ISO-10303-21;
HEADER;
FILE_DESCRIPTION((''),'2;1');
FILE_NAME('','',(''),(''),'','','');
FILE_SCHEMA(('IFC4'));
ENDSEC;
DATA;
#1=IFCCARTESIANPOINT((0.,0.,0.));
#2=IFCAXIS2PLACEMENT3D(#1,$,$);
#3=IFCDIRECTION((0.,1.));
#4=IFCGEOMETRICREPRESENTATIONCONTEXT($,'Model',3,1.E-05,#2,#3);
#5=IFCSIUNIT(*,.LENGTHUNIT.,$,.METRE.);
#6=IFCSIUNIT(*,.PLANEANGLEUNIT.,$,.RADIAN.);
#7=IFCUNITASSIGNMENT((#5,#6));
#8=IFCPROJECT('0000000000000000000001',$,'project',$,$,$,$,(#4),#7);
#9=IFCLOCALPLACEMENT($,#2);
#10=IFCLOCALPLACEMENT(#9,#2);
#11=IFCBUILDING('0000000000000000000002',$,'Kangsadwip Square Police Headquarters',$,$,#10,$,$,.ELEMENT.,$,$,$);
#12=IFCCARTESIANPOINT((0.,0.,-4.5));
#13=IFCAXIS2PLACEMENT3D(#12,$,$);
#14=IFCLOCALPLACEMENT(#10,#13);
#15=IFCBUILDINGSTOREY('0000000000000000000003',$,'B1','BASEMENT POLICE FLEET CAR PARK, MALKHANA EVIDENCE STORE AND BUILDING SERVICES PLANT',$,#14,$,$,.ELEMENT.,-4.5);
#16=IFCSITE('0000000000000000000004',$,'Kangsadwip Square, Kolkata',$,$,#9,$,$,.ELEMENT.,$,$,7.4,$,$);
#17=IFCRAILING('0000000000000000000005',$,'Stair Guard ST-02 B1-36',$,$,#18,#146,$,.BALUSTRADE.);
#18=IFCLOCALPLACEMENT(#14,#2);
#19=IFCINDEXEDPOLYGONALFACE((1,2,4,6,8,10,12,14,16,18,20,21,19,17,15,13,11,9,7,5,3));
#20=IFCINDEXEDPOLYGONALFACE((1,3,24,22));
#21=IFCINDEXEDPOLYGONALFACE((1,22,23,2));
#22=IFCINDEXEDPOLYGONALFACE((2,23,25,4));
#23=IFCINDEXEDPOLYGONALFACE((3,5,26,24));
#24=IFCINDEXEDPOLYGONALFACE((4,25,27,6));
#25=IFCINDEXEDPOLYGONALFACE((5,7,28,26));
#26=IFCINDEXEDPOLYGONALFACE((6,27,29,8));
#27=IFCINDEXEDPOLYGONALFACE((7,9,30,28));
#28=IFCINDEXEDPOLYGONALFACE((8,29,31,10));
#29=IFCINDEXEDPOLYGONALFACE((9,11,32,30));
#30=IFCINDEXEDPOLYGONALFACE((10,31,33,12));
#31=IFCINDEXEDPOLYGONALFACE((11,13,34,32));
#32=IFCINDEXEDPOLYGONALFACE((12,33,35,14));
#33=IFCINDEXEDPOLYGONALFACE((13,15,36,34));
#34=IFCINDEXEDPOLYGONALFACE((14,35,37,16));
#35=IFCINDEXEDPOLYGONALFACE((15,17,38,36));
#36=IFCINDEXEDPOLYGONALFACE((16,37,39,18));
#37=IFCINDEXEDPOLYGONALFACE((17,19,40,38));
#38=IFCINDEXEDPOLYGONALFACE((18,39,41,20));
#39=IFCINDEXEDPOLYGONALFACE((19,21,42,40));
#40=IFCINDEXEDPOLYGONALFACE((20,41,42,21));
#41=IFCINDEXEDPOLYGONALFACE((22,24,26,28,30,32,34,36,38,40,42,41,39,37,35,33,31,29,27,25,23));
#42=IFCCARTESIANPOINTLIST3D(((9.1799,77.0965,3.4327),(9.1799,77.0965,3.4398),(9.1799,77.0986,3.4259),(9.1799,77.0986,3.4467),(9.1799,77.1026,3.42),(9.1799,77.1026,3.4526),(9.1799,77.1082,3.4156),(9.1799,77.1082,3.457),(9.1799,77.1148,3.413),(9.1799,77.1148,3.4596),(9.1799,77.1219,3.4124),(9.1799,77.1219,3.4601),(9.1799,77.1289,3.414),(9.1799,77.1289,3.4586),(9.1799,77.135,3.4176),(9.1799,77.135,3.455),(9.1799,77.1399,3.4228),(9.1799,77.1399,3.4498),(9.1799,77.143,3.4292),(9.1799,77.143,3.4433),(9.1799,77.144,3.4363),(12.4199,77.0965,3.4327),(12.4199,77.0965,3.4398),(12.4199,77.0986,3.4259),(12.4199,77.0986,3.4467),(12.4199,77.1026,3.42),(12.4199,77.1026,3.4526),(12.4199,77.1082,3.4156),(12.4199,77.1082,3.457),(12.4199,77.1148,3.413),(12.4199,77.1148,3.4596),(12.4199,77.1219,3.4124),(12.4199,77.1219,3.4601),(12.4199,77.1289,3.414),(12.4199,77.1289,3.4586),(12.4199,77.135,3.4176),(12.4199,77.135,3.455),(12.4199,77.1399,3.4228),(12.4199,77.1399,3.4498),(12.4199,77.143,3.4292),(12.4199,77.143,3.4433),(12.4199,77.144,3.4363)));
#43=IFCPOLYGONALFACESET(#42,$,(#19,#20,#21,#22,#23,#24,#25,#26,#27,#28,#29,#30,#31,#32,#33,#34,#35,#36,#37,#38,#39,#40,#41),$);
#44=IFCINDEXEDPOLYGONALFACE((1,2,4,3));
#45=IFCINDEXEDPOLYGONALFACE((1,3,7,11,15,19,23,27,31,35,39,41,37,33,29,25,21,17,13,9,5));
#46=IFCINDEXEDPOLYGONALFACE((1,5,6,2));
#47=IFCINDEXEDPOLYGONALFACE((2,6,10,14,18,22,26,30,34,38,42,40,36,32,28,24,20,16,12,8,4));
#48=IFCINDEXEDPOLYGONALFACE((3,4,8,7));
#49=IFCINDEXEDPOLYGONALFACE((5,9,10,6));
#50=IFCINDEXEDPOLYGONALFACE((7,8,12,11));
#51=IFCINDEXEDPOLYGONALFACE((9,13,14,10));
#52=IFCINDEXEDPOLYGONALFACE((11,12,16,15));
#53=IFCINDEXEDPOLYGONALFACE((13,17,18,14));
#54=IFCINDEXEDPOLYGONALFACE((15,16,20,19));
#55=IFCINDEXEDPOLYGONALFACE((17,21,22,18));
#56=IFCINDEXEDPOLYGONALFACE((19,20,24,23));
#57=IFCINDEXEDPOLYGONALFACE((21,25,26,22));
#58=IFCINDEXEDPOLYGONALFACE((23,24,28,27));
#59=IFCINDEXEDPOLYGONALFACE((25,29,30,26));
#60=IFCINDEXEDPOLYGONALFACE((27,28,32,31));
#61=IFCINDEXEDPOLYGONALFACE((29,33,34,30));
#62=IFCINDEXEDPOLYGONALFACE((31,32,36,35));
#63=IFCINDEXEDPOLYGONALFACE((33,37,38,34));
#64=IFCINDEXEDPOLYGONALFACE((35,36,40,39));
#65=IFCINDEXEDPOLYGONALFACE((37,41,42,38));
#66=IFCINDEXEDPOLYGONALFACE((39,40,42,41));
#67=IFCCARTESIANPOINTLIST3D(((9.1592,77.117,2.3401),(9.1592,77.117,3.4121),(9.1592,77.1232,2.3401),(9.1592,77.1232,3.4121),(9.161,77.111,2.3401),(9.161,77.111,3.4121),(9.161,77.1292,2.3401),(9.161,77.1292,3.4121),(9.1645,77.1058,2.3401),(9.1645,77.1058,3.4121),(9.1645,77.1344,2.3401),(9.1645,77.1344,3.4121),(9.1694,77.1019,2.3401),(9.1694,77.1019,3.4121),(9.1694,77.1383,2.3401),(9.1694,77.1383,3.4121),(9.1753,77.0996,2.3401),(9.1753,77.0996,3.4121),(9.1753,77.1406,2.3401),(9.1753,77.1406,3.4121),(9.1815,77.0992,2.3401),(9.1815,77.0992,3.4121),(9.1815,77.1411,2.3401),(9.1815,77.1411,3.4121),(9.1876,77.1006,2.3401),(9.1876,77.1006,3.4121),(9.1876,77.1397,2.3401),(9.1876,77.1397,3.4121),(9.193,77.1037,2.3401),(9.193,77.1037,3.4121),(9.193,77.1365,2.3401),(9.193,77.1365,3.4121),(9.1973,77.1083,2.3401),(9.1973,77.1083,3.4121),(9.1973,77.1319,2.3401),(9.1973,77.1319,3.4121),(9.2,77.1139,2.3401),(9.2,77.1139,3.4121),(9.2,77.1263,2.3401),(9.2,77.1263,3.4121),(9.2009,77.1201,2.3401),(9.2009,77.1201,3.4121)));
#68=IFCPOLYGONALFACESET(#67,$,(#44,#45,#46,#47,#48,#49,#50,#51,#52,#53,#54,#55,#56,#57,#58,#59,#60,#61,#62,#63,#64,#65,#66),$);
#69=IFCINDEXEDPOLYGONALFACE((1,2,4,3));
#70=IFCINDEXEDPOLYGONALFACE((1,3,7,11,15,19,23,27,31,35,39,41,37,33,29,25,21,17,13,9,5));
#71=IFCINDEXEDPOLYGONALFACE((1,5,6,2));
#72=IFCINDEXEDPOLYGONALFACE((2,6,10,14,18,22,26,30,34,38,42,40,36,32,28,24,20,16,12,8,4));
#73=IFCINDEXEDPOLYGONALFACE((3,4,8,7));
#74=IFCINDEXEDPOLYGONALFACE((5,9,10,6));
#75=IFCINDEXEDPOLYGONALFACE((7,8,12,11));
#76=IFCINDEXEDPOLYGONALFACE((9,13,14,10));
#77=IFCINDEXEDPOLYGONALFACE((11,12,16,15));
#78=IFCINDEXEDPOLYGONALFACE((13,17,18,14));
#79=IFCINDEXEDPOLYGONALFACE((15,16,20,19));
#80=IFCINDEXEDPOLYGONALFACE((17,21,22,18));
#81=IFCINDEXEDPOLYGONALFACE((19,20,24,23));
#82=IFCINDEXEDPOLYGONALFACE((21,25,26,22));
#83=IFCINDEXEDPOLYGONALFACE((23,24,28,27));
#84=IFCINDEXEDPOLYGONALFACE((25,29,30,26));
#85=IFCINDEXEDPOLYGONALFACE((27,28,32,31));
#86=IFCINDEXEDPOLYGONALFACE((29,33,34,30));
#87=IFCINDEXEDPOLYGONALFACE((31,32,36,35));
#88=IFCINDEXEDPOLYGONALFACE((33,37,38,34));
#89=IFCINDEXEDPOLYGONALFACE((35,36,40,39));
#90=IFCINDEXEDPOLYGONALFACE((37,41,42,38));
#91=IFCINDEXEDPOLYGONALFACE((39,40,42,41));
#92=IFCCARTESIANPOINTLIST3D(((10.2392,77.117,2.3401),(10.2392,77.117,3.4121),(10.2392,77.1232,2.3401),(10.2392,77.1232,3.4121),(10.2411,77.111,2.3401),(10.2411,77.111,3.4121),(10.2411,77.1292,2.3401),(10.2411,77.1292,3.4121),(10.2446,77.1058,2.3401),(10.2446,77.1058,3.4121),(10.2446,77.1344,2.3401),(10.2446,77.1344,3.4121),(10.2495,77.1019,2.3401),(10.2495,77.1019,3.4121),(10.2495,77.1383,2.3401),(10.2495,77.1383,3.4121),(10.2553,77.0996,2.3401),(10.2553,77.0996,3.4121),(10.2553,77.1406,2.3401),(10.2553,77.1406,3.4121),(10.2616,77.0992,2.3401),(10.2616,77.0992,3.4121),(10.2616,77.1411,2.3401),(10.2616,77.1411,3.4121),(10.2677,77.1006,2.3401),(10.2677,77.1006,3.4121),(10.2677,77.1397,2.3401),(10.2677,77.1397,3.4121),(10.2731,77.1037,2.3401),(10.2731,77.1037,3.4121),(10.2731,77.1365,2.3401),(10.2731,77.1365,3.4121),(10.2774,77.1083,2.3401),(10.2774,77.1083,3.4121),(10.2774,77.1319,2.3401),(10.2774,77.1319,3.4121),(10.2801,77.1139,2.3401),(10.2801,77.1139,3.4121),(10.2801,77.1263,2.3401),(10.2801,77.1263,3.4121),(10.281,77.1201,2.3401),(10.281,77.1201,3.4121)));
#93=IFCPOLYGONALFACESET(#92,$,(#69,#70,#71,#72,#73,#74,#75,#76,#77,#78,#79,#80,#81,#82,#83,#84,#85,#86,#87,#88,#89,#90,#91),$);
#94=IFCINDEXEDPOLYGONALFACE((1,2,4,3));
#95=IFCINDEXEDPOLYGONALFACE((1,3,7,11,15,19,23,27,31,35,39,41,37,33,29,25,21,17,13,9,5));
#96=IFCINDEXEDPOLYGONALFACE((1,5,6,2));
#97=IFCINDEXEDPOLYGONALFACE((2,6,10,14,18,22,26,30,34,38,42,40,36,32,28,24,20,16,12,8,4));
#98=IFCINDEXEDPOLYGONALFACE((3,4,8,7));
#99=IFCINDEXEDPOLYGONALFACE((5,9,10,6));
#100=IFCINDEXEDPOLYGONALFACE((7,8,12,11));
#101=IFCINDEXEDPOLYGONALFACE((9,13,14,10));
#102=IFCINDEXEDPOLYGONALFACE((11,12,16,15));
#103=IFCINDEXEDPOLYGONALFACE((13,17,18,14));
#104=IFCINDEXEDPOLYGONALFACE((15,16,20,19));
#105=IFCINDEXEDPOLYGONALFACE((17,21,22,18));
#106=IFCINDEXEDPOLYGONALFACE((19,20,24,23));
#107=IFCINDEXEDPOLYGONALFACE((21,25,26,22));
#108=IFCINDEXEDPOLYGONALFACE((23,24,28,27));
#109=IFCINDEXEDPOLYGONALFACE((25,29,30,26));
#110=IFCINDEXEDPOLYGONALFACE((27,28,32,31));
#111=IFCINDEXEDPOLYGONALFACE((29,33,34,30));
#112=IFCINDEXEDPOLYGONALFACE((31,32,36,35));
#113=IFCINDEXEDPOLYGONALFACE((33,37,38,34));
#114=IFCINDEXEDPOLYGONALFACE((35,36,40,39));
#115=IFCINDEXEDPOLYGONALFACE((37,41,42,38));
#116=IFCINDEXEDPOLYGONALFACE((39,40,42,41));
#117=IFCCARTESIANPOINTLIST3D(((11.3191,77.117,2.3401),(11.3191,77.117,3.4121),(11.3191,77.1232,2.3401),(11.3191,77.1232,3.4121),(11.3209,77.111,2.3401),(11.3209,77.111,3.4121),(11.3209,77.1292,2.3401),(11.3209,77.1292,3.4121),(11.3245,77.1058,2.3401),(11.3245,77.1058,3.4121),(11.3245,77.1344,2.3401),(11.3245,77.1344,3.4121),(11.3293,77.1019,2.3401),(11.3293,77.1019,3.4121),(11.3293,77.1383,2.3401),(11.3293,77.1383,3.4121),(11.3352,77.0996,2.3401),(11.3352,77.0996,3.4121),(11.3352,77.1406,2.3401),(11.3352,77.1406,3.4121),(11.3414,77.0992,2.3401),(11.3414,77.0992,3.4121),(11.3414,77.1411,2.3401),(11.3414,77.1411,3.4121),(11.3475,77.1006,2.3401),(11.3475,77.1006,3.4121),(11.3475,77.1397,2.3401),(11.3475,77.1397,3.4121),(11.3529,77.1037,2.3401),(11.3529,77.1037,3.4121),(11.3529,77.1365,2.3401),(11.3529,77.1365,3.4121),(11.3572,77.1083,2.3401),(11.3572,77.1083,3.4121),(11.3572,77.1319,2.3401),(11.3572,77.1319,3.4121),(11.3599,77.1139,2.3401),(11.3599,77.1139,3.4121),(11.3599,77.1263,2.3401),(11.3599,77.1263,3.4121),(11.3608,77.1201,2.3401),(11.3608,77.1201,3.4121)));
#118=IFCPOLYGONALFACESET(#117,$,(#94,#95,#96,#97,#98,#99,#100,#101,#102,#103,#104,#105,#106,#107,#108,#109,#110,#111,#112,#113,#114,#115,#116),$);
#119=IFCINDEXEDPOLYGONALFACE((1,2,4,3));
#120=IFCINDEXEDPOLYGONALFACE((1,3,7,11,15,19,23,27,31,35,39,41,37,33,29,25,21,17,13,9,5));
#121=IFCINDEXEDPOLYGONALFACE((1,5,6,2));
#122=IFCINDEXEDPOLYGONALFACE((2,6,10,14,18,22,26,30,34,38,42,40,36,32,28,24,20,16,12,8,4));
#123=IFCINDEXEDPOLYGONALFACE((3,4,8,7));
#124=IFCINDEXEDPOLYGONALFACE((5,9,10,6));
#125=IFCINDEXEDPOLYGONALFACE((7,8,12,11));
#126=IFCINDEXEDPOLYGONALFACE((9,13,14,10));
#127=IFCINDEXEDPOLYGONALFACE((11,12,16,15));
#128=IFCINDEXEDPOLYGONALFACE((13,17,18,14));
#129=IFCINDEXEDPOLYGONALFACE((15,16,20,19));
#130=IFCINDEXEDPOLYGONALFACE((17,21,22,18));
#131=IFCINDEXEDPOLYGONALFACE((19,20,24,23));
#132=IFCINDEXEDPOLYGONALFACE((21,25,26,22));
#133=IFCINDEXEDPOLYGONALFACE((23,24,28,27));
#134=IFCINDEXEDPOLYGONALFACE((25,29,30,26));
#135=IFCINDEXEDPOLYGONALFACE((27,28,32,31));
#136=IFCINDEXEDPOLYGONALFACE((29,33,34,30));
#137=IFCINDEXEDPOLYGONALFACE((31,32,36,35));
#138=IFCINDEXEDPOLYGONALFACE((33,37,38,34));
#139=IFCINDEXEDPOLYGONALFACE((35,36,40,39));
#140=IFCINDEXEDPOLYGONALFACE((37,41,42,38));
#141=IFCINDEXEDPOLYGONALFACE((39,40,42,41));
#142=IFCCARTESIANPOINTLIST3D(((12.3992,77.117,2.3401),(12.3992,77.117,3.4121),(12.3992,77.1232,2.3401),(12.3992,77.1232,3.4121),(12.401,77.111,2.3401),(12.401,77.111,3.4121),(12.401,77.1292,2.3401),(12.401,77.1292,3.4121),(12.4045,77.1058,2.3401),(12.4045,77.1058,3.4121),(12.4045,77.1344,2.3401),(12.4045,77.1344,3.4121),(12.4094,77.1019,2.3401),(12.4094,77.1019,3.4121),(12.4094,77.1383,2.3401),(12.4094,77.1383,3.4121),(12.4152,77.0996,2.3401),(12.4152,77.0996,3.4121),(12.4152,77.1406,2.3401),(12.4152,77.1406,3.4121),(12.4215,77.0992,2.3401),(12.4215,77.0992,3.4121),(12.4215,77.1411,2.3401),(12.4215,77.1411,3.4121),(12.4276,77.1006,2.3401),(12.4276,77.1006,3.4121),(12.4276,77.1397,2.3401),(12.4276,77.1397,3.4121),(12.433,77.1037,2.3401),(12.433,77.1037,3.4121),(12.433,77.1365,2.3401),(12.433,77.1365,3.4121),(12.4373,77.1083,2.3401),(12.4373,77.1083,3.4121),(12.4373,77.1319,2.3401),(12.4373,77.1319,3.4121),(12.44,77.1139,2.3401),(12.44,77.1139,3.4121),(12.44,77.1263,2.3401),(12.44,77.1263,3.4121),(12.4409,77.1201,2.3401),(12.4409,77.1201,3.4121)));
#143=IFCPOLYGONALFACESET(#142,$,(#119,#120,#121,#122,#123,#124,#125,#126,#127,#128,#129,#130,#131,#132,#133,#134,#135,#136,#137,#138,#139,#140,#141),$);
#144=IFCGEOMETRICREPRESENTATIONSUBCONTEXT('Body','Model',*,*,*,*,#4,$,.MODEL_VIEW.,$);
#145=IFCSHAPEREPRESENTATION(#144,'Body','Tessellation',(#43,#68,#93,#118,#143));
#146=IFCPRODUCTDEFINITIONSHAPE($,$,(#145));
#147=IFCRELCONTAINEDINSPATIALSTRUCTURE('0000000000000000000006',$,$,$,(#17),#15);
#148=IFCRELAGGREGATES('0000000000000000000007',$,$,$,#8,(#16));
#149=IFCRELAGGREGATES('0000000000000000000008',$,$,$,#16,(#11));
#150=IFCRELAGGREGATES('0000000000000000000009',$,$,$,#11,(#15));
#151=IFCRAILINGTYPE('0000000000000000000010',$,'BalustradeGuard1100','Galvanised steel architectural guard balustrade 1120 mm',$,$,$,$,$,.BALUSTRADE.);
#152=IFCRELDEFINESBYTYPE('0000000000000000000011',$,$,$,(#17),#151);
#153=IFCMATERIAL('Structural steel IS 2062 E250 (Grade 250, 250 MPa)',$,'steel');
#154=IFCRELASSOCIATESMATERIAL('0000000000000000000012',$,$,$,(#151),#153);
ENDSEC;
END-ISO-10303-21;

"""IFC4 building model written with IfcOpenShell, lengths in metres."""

from ifc_helpers import new_model, si_unit, direction, frame, origin, origin_2d, place, context, subcontext, project, spatial, circle, extrude, material, type_object, element, save


model = new_model("IFC4")

# Units and contexts
model_context = context("Model", 3, precision=1e-05, world=origin(), true_north=direction((0.0, 1.0)))
body_context = subcontext(model_context, "Body", "Model", "MODEL_VIEW")
ifc_project = project(units=[si_unit("LENGTHUNIT", "METRE"), si_unit("PLANEANGLEUNIT", "RADIAN")], contexts=[model_context])

# Site, building, storey
site_placement = place(None, origin())
site = spatial("IfcSite", under=ifc_project, at=site_placement, Name="Kangsadwip Square, Kolkata", CompositionType="ELEMENT", RefElevation=7.4)
building_placement = place(site_placement, origin())
building = spatial("IfcBuilding", under=site, at=building_placement, Name="Kangsadwip Square Police Headquarters", CompositionType="ELEMENT")
storey_placement = place(building_placement, frame((0.0, 0.0, -4.5)))
storey = spatial("IfcBuildingStorey", under=building, at=storey_placement, Name="B1", Description="BASEMENT POLICE FLEET CAR PARK, MALKHANA EVIDENCE STORE AND BUILDING SERVICES PLANT", CompositionType="ELEMENT", Elevation=-4.5)

# Railing
ifc_material_1 = material(Name="Structural steel IS 2062 E250 (Grade 250, 250 MPa)", Category="steel")
railing_type_1 = type_object("IfcRailingType", Name="BalustradeGuard1100", Description="Galvanised steel architectural guard balustrade 1120 mm", PredefinedType="BALUSTRADE", material=ifc_material_1)
railing_1_placement = place(storey_placement, frame((9.1799, 77.1201, 2.3401)))
element("IfcRailing", 1, at=railing_1_placement, inside=storey, type_object=railing_type_1, Name="Stair Guard ST-02 B1-36", PredefinedType="BALUSTRADE", context=body_context, shape_type="SweptSolid", body=[
    extrude(circle(Radius=0.0239, at=origin_2d()), frame((0.0, 0.0, 1.0962), z_axis=(1.0, 0.0, 0.0), x_axis=(0.0, 1.0, 0.0)), (0.0, 0.0, 1.0), 3.24),
    extrude(circle(Radius=0.021, at=origin_2d()), origin(), (0.0, 0.0, 1.0), 1.072),
    extrude(circle(Radius=0.021, at=origin_2d()), frame((1.0801, 0.0, 0.0)), (0.0, 0.0, 1.0), 1.072),
    extrude(circle(Radius=0.021, at=origin_2d()), frame((2.1599, 0.0, 0.0)), (0.0, 0.0, 1.0), 1.072),
    extrude(circle(Radius=0.021, at=origin_2d()), frame((3.24, 0.0, 0.0)), (0.0, 0.0, 1.0), 1.072),
])

save(model, "model.ifc")
